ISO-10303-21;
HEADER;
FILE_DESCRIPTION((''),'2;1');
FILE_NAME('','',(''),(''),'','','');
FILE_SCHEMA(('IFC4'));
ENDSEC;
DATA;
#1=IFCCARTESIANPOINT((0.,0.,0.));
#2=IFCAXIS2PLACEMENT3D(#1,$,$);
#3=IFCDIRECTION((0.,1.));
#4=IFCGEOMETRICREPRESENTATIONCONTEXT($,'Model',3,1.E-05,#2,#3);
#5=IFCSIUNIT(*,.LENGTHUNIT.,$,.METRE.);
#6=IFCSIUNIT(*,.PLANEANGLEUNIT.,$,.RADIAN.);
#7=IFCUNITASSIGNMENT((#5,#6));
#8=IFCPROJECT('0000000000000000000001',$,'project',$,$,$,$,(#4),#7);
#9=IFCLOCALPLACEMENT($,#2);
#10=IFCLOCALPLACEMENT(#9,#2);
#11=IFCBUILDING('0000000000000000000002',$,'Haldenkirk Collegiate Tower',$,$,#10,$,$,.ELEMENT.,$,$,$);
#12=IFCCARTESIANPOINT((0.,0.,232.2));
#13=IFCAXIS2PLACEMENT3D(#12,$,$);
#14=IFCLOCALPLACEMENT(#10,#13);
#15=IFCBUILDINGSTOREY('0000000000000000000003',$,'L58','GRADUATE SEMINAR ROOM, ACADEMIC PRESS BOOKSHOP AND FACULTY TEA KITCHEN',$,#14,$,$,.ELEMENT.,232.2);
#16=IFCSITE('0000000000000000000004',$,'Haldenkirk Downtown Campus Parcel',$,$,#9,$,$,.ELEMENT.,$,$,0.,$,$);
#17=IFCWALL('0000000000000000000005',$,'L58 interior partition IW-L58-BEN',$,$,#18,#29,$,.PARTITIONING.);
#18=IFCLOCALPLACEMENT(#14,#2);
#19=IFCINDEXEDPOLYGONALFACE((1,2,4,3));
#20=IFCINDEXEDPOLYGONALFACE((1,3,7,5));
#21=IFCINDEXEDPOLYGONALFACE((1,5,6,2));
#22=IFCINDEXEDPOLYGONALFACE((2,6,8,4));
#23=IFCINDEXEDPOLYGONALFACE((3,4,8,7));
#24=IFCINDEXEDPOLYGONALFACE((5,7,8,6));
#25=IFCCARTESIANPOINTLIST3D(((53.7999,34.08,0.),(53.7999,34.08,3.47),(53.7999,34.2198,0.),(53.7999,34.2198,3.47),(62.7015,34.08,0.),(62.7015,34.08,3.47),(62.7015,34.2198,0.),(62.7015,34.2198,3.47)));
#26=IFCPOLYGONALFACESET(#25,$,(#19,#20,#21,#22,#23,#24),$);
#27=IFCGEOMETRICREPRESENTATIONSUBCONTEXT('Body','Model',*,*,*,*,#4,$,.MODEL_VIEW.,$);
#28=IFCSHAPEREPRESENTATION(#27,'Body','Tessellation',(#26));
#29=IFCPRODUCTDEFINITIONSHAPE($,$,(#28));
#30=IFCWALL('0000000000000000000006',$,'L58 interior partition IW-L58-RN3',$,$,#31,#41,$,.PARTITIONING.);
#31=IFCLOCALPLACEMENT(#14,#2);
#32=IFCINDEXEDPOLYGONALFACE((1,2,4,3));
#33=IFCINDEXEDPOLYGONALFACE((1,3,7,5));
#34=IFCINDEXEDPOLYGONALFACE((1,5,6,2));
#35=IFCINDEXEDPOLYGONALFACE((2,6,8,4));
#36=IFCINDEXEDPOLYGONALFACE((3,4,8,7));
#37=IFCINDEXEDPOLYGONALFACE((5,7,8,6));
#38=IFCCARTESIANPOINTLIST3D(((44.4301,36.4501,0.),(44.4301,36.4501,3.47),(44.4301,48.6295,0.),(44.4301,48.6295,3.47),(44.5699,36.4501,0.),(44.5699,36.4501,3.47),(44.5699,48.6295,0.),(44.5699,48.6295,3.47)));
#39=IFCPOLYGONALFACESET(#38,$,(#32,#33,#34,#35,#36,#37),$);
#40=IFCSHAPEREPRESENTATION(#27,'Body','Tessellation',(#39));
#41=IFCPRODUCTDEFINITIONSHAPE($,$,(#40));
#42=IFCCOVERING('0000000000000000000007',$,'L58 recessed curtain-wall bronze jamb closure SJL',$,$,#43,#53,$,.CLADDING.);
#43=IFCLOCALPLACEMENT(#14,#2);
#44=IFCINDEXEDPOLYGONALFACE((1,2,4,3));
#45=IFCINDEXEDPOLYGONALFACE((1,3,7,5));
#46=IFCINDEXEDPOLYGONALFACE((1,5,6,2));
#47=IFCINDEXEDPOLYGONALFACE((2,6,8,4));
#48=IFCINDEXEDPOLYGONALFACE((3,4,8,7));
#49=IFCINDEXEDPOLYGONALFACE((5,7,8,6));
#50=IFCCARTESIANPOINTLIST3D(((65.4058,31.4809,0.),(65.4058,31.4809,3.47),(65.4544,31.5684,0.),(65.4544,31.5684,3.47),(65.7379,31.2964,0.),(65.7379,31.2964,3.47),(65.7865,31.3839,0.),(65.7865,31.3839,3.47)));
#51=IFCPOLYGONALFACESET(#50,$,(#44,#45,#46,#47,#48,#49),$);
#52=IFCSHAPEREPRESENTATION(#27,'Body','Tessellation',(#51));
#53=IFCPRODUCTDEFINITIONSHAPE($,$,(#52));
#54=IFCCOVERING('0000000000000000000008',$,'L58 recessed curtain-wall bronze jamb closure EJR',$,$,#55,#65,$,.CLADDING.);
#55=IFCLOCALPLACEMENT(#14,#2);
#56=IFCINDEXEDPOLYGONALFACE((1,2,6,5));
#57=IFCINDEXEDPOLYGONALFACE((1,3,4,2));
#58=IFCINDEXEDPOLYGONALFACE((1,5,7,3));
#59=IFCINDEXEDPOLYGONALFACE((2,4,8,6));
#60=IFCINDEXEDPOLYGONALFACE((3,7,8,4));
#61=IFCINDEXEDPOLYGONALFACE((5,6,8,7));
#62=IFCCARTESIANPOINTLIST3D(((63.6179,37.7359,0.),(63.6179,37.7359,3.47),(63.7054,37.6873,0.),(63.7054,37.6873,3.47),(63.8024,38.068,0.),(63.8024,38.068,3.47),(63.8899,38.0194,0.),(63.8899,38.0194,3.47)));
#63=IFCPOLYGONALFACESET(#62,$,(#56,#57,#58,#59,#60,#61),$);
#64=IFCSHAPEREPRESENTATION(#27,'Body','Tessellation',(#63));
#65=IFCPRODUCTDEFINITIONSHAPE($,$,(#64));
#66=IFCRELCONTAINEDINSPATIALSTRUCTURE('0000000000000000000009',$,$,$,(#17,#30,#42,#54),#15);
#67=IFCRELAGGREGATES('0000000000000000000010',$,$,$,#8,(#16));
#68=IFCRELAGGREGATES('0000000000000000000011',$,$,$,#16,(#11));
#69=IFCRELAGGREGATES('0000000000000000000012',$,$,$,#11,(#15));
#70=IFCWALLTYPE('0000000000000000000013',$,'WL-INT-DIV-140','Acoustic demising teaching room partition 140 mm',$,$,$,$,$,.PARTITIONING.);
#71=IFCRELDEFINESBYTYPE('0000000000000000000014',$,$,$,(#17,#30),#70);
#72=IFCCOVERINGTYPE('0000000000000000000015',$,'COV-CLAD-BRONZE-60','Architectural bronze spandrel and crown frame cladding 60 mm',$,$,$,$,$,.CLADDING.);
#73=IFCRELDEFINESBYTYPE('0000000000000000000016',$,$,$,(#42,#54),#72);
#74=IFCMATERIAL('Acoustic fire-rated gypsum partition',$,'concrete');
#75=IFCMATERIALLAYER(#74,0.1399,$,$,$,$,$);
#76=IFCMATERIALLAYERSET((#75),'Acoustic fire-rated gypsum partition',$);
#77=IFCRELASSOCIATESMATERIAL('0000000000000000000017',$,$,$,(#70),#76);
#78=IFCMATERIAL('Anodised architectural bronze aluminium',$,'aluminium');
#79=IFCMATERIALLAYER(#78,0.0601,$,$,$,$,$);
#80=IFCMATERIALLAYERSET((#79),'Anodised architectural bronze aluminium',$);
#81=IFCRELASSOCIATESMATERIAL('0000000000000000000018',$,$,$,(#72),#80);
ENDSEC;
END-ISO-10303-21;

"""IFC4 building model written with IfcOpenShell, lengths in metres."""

from ifc_helpers import new_model, si_unit, direction, frame, frame_2d, origin, origin_2d, place, context, subcontext, project, spatial, rectangle, extrude, source, transform, mapped, material, layer, layer_set, type_object, element, save


model = new_model("IFC4")

# Units and contexts
model_context = context("Model", 3, precision=1e-05, world=origin(), true_north=direction((0.0, 1.0)))
body_context = subcontext(model_context, "Body", "Model", "MODEL_VIEW")
ifc_project = project(units=[si_unit("LENGTHUNIT", "METRE"), si_unit("PLANEANGLEUNIT", "RADIAN")], contexts=[model_context])

# Site, building, storey
site_placement = place(None, origin())
site = spatial("IfcSite", under=ifc_project, at=site_placement, Name="Haldenkirk Downtown Campus Parcel", CompositionType="ELEMENT", RefElevation=0.0)
building_placement = place(site_placement, origin())
building = spatial("IfcBuilding", under=site, at=building_placement, Name="Haldenkirk Collegiate Tower", CompositionType="ELEMENT")
storey_placement = place(building_placement, frame((0.0, 0.0, 232.2)))
storey = spatial("IfcBuildingStorey", under=building, at=storey_placement, Name="L58", Description="GRADUATE SEMINAR ROOM, ACADEMIC PRESS BOOKSHOP AND FACULTY TEA KITCHEN", CompositionType="ELEMENT", Elevation=232.2)

# Shared definitions
ifc_material_1 = material(Name="Anodised architectural bronze aluminium", Category="aluminium")

# Walls
ifc_material_2 = material(Name="Acoustic fire-rated gypsum partition", Category="concrete")
ifc_layer_1 = layer(ifc_material_2, 0.1399)
ifc_layer_set_1 = layer_set([ifc_layer_1], Name="Acoustic fire-rated gypsum partition")
wall_type_1 = type_object("IfcWallType", Name="WL-INT-DIV-140", Description="Acoustic demising teaching room partition 140 mm", PredefinedType="PARTITIONING", material=ifc_layer_set_1)
wall_1_placement = place(storey_placement, frame((53.8, 34.1499, 0.0), z_axis=(0.0, 0.0, 1.0), x_axis=(1.0, 0.0, 0.0)))
element("IfcWall", 1, at=wall_1_placement, inside=storey, type_object=wall_type_1, Name="L58 interior partition IW-L58-BEN", PredefinedType="PARTITIONING", context=body_context, shape_type="SweptSolid", body=[
    extrude(rectangle(XDim=8.9016, YDim=0.1399, at=frame_2d((4.4507, 0.0))), origin(), (0.0, 0.0, 1.0), 3.47),
])
wall_2_placement = place(storey_placement, frame((44.5, 36.45, 0.0), z_axis=(0.0, 0.0, 1.0), x_axis=(0.0, 1.0, 0.0)))
element("IfcWall", 2, at=wall_2_placement, inside=storey, type_object=wall_type_1, Name="L58 interior partition IW-L58-RN3", PredefinedType="PARTITIONING", context=body_context, shape_type="SweptSolid", body=[
    extrude(rectangle(XDim=12.1794, YDim=0.1399, at=frame_2d((6.0898, 0.0))), origin(), (0.0, 0.0, 1.0), 3.47),
])

# Coverings
ifc_layer_2 = layer(ifc_material_1, 0.0601)
ifc_layer_set_2 = layer_set([ifc_layer_2], Name="Anodised architectural bronze aluminium")
covering_type = type_object("IfcCoveringType", Name="COV-CLAD-BRONZE-60", Description="Architectural bronze spandrel and crown frame cladding 60 mm", PredefinedType="CLADDING", material=ifc_layer_set_2)
shared_shape_1 = source(origin(), body_context, "Body", "SweptSolid", [
    extrude(rectangle(XDim=0.1001, YDim=0.3799, at=origin_2d()), origin(), (0.0, 0.0, 1.0), 3.47),
])
for number, where, z_axis, x_axis, name in (
    (3, (65.5962, 31.4324, 0.0), (0.0, 0.0, 1.0), (-0.485573, -0.874196, 0.0), "L58 recessed curtain-wall bronze jamb closure SJL"),
    (4, (63.7539, 37.8777, 0.0), (0.0, 0.0, 1.0), (0.874196, -0.485573, 0.0), "L58 recessed curtain-wall bronze jamb closure EJR"),
):
    element("IfcCovering", number, at=place(storey_placement, frame(where, z_axis=z_axis, x_axis=x_axis)), inside=storey, type_object=covering_type, Name=name, PredefinedType="CLADDING", context=body_context, shape_type="MappedRepresentation", body=[
        mapped(shared_shape_1, transform((0.0, 0.0, 0.0), x_axis=(1.0, 0.0, 0.0), y_axis=(0.0, 1.0, 0.0), z_axis=(0.0, 0.0, 1.0), scale=1.0)),
    ])

save(model, "model.ifc")
